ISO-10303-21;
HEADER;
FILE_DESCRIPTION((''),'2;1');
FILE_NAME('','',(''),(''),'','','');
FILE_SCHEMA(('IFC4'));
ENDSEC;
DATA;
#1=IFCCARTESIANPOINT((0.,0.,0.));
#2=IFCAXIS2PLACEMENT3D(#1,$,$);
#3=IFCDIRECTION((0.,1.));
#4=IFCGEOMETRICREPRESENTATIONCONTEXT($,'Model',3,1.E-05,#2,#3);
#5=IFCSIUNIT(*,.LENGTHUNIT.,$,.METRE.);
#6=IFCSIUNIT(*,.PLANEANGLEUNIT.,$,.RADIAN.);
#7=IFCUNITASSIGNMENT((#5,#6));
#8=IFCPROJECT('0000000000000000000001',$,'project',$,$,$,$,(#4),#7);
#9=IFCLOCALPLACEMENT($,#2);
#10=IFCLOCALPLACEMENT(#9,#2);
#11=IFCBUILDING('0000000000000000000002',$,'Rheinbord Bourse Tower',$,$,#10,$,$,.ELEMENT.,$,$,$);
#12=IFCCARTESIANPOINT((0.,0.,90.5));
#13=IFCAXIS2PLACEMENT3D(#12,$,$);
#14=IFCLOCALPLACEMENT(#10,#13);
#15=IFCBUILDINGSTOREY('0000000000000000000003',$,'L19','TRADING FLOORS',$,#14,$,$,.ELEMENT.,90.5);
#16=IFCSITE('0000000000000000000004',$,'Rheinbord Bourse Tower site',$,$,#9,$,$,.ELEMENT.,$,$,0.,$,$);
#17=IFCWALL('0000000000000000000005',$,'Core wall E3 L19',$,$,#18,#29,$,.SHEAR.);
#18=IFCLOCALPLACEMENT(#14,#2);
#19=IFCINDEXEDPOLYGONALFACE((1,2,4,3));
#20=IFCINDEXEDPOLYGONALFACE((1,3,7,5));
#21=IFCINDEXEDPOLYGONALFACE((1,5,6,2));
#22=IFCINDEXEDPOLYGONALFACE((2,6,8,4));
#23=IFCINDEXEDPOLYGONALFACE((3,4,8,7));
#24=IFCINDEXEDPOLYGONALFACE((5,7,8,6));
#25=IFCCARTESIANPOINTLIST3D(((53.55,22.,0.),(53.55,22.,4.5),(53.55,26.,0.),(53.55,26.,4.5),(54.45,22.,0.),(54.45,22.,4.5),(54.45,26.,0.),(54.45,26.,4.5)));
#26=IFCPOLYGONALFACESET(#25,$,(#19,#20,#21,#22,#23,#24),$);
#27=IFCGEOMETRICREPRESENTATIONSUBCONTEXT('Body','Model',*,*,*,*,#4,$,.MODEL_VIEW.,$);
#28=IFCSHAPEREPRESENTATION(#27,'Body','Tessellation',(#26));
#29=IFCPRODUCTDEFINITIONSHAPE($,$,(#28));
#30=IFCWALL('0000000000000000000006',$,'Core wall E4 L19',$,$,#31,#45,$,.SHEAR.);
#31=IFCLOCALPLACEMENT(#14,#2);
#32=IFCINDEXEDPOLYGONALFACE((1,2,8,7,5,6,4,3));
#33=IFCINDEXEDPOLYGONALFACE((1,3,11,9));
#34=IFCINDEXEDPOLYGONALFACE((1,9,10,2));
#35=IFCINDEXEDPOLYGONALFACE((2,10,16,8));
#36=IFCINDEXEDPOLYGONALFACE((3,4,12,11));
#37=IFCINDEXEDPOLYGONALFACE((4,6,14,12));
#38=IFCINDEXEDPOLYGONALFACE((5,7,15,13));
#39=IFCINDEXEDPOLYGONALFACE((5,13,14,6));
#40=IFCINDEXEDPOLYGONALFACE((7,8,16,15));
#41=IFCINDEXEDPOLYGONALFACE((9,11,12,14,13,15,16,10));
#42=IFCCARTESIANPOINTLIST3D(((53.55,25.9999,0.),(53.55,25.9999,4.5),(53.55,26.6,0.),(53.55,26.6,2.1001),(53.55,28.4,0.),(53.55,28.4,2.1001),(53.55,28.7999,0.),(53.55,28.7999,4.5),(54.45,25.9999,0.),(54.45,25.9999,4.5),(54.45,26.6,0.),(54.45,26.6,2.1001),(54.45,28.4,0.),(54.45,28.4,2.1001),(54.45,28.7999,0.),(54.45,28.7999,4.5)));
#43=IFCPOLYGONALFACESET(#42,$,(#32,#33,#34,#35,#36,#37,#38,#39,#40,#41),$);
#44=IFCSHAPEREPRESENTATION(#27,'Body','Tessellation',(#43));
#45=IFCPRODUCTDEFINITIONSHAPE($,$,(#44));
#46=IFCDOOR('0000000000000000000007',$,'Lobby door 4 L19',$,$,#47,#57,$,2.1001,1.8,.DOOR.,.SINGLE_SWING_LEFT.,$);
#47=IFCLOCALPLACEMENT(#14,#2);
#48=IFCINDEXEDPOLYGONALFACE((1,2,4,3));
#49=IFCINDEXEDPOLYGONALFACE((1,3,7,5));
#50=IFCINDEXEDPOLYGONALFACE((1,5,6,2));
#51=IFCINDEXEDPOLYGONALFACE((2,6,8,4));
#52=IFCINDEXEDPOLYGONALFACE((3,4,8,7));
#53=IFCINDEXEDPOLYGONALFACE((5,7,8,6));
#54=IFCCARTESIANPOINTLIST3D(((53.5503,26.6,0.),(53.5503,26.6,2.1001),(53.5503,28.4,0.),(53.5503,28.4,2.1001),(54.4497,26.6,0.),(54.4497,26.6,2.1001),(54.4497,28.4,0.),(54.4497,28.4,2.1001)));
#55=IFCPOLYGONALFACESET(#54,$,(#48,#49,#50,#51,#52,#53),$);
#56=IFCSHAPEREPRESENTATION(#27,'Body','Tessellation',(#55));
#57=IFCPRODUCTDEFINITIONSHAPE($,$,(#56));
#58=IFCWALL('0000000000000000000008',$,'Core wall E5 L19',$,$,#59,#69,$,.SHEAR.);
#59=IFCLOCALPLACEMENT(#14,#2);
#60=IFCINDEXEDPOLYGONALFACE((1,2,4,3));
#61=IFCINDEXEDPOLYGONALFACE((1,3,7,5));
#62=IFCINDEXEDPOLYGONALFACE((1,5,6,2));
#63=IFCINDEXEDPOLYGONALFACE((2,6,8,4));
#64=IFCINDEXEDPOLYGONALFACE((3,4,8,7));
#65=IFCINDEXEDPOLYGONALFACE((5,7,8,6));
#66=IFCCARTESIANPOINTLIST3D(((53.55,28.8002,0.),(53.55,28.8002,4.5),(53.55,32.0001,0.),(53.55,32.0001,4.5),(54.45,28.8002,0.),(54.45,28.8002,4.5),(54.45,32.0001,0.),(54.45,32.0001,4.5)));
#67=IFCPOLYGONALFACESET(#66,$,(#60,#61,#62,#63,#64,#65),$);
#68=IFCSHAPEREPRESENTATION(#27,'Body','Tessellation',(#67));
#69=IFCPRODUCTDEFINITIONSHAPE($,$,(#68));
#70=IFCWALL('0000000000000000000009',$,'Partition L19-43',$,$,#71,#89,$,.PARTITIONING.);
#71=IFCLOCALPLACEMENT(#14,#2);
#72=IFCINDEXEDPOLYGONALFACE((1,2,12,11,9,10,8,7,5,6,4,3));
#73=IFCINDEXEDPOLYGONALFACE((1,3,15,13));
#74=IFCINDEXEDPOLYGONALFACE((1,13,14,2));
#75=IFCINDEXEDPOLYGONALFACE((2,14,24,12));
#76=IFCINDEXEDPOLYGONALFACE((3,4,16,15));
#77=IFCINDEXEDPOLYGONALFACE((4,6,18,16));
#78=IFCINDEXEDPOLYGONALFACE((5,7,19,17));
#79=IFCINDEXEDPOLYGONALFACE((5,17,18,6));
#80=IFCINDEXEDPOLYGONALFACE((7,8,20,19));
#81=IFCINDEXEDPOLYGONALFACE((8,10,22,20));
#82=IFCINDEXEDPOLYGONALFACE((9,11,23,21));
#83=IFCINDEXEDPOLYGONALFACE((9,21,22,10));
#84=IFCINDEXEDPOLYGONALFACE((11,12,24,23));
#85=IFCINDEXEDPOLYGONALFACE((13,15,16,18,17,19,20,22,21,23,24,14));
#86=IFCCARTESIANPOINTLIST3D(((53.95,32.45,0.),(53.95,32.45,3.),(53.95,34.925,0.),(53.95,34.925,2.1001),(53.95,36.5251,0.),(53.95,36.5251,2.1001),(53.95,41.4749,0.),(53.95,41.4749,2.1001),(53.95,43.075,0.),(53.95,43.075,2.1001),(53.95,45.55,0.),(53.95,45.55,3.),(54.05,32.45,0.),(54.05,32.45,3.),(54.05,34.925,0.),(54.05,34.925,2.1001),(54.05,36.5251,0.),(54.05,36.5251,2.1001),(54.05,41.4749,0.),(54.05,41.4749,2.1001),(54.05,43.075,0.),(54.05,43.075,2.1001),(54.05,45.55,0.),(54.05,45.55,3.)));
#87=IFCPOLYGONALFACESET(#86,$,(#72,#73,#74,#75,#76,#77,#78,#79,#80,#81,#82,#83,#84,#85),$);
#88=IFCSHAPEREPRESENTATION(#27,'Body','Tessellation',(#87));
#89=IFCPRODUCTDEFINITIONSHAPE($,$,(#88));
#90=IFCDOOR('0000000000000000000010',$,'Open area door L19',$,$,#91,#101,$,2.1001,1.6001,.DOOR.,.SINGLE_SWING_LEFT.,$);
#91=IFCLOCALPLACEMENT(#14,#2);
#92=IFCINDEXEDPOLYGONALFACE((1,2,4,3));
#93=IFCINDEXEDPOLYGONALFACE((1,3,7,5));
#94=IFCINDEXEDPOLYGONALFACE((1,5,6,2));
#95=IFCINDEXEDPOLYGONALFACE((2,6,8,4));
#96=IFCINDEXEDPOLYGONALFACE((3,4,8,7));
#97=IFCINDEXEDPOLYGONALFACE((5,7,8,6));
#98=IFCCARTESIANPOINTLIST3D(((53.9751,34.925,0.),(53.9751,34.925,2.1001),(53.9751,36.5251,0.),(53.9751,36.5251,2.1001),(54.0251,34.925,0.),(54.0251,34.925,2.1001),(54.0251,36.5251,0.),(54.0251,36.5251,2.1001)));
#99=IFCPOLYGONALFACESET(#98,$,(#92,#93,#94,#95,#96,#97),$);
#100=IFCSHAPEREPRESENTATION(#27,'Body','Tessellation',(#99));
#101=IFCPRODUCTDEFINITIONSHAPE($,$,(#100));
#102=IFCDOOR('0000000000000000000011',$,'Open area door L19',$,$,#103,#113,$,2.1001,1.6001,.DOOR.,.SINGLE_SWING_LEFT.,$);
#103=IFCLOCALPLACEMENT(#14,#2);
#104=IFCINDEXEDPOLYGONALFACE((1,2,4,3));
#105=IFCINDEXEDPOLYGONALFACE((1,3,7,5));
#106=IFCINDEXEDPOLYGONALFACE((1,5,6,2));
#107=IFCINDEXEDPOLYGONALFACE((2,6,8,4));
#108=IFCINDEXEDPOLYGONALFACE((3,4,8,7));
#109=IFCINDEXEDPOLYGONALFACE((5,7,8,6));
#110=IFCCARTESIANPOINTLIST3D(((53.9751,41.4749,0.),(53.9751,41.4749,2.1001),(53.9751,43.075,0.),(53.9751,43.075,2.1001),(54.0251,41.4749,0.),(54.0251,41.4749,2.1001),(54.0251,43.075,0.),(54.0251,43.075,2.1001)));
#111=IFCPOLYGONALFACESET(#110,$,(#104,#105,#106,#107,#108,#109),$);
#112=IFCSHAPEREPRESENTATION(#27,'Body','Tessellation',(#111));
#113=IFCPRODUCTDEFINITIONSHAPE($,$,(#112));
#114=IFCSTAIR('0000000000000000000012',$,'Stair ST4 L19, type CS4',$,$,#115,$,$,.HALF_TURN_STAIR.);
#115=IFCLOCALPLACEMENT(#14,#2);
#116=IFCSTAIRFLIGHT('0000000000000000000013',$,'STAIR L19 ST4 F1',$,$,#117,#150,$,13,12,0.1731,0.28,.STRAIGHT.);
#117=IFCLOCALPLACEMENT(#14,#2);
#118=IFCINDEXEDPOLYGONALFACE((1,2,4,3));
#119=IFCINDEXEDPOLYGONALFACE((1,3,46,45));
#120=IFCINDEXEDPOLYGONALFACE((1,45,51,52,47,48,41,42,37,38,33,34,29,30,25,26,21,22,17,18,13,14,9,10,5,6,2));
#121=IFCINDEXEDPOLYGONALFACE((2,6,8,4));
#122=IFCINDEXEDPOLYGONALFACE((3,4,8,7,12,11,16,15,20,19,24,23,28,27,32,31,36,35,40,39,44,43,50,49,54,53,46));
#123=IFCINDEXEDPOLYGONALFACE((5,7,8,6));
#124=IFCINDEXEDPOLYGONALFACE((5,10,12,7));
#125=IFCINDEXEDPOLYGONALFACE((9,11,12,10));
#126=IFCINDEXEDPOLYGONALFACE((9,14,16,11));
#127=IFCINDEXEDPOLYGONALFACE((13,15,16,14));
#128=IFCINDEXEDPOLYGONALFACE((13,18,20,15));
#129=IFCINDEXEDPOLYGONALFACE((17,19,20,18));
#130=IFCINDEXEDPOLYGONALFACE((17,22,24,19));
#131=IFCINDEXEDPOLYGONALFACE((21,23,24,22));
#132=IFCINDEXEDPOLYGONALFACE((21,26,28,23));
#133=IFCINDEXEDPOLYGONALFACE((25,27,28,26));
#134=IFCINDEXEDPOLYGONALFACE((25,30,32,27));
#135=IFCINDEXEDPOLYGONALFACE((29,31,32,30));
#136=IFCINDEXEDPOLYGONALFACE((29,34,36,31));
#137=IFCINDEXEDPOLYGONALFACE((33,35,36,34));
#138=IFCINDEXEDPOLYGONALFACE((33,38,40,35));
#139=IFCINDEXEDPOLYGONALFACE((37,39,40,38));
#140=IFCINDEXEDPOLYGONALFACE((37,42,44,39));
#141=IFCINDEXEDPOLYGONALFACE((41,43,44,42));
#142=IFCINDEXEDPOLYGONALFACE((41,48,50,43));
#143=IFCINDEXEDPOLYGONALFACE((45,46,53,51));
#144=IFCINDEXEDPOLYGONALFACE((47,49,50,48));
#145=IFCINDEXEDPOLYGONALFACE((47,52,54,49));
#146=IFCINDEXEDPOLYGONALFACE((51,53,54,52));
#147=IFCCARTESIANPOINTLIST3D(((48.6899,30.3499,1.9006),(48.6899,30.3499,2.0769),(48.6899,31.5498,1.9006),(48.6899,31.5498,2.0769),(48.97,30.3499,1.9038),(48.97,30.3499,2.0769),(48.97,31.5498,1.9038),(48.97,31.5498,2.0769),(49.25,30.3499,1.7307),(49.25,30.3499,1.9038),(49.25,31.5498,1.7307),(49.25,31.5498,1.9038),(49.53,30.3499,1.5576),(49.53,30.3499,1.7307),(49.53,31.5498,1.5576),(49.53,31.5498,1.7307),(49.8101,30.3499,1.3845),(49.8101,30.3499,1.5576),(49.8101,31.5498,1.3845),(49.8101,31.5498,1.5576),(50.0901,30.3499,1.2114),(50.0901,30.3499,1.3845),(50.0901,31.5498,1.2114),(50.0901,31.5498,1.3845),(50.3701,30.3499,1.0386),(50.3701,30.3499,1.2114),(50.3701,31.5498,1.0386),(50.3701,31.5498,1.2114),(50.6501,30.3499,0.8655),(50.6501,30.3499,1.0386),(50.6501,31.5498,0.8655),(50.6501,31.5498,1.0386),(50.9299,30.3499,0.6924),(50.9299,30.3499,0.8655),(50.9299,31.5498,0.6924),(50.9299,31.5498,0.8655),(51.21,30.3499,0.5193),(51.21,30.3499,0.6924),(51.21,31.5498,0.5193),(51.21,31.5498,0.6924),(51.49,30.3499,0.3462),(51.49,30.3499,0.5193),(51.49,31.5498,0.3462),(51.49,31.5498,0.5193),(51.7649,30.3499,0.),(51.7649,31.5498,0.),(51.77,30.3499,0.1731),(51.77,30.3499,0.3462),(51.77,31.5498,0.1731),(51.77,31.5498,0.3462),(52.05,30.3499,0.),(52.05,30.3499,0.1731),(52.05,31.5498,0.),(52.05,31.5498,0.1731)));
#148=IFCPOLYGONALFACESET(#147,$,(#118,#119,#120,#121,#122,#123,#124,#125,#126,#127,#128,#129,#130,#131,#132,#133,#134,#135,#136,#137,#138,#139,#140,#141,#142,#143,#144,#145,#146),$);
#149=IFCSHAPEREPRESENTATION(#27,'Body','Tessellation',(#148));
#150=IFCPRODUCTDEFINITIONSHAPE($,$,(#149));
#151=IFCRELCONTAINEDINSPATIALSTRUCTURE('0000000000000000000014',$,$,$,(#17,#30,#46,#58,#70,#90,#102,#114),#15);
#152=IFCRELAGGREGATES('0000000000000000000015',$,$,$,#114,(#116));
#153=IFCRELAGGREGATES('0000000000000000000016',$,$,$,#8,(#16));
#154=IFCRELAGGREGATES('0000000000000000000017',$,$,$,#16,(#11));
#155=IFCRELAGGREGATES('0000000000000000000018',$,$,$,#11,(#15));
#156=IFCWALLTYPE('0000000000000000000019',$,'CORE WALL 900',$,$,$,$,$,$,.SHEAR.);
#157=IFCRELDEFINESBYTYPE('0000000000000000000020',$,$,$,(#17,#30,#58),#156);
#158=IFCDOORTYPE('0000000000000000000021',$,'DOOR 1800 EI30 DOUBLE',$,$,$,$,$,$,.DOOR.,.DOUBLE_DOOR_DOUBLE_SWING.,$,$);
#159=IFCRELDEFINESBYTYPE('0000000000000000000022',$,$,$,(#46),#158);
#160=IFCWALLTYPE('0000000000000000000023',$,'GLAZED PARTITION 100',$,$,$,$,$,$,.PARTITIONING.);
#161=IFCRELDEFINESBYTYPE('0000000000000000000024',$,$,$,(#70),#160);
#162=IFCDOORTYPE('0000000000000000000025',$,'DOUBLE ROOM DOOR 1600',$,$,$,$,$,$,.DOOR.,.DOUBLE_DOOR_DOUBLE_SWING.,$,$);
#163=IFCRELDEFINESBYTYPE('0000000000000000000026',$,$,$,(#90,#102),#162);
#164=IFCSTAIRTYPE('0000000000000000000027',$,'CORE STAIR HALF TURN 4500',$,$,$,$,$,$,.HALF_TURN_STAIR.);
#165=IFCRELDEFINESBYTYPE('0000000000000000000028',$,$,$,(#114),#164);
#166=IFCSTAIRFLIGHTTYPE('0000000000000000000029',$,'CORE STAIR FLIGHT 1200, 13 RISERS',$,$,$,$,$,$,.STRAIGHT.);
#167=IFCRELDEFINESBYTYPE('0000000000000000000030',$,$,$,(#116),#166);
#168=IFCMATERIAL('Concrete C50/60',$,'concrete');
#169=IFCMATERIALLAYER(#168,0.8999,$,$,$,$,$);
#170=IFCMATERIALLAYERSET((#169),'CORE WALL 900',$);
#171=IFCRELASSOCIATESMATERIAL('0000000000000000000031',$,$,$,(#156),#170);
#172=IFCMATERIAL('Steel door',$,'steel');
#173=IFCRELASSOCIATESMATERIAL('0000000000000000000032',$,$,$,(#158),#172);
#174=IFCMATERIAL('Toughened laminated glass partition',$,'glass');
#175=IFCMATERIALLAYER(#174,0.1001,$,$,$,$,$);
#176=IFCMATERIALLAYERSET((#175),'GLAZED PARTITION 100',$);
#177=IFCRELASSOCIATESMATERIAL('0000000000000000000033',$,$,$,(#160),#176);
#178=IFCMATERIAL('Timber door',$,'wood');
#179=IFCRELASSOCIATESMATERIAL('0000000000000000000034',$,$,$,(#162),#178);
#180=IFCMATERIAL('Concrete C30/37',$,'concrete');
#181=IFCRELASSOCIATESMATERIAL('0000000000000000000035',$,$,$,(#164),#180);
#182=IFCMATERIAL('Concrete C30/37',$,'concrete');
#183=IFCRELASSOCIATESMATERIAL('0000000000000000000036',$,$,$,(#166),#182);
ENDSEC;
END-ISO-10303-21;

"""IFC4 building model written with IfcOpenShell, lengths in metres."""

from ifc_helpers import new_model, si_unit, direction, frame, frame_2d, origin, place, context, subcontext, project, spatial, polyline, rectangle, outline, extrude, material, layer, layer_set, type_object, element, fill, aggregate, save


model = new_model("IFC4")

# Units and contexts
model_context = context("Model", 3, precision=1e-05, world=origin(), true_north=direction((0.0, 1.0)))
body_context = subcontext(model_context, "Body", "Model", "MODEL_VIEW")
ifc_project = project(units=[si_unit("LENGTHUNIT", "METRE"), si_unit("PLANEANGLEUNIT", "RADIAN")], contexts=[model_context])

# Site, building, storey
site_placement = place(None, origin())
site = spatial("IfcSite", under=ifc_project, at=site_placement, Name="Rheinbord Bourse Tower site", CompositionType="ELEMENT", RefElevation=0.0)
building_placement = place(site_placement, origin())
building = spatial("IfcBuilding", under=site, at=building_placement, Name="Rheinbord Bourse Tower", CompositionType="ELEMENT")
storey_placement = place(building_placement, frame((0.0, 0.0, 90.5)))
storey = spatial("IfcBuildingStorey", under=building, at=storey_placement, Name="L19", Description="TRADING FLOORS", CompositionType="ELEMENT", Elevation=90.5)

# Wall
ifc_material_1 = material(Name="Concrete C50/60", Category="concrete")
ifc_layer_1 = layer(ifc_material_1, 0.8999)
ifc_layer_set_1 = layer_set([ifc_layer_1], Name="CORE WALL 900")
wall_type_1 = type_object("IfcWallType", Name="CORE WALL 900", PredefinedType="SHEAR", material=ifc_layer_set_1)
wall_1_placement = place(storey_placement, frame((54.0, 22.0, 0.0), z_axis=(0.0, 0.0, 1.0), x_axis=(0.0, 1.0, 0.0)))
element("IfcWall", 1, at=wall_1_placement, inside=storey, type_object=wall_type_1, Name="Core wall E3 L19", PredefinedType="SHEAR", context=body_context, shape_type="SweptSolid", body=[
    extrude(rectangle(XDim=4.0, YDim=0.8999, at=frame_2d((2.0, 0.0))), origin(), (0.0, 0.0, 1.0), 4.5),
])

# Wall, opening, door
wall_2_placement = place(storey_placement, frame((54.0, 26.0, 0.0), z_axis=(0.0, 0.0, 1.0), x_axis=(0.0, 1.0, 0.0)))
wall_2 = element("IfcWall", 2, at=wall_2_placement, inside=storey, type_object=wall_type_1, Name="Core wall E4 L19", PredefinedType="SHEAR", context=body_context, shape_type="SweptSolid", body=[
    extrude(rectangle(XDim=2.8, YDim=0.8999, at=frame_2d((1.3999, 0.0))), origin(), (0.0, 0.0, 1.0), 4.5),
])
opening_1_placement = place(wall_2_placement, frame((0.6001, 0.0, 0.0)))
opening_1 = element("IfcOpeningElement", 3, at=opening_1_placement, cuts=wall_2, PredefinedType="OPENING", context=body_context, shape_type="SweptSolid", body=[
    extrude(rectangle(XDim=1.8, YDim=2.1001, at=frame_2d((0.8999, 1.05))), frame((0.0, 0.46, 0.0), z_axis=(0.0, -1.0, 0.0), x_axis=(1.0, 0.0, 0.0)), (0.0, 0.0, 1.0), 0.9199),
])
ifc_material_2 = material(Name="Steel door", Category="steel")
door_type_1 = type_object("IfcDoorType", Name="DOOR 1800 EI30 DOUBLE", OperationType="DOUBLE_DOOR_DOUBLE_SWING", PredefinedType="DOOR", material=ifc_material_2)
door_1_placement = place(opening_1_placement, origin())
door_1 = element("IfcDoor", 4, at=door_1_placement, inside=storey, type_object=door_type_1, Name="Lobby door 4 L19", OperationType="SINGLE_SWING_LEFT", OverallHeight=2.1001, OverallWidth=1.8, PredefinedType="DOOR", context=body_context, shape_type="SweptSolid", body=[
    extrude(rectangle(XDim=1.8, YDim=2.1001, at=frame_2d((0.8999, 1.05))), frame((0.0, 0.4497, 0.0), z_axis=(0.0, -1.0, 0.0), x_axis=(1.0, 0.0, 0.0)), (0.0, 0.0, 1.0), 0.8994),
])
fill(opening_1, door_1)

# Wall
wall_3_placement = place(storey_placement, frame((54.0, 28.8, 0.0), z_axis=(0.0, 0.0, 1.0), x_axis=(0.0, 1.0, 0.0)))
element("IfcWall", 5, at=wall_3_placement, inside=storey, type_object=wall_type_1, Name="Core wall E5 L19", PredefinedType="SHEAR", context=body_context, shape_type="SweptSolid", body=[
    extrude(rectangle(XDim=3.2, YDim=0.8999, at=frame_2d((1.6001, 0.0))), origin(), (0.0, 0.0, 1.0), 4.5),
])

# Wall, openings, doors
ifc_material_3 = material(Name="Toughened laminated glass partition", Category="glass")
ifc_layer_2 = layer(ifc_material_3, 0.1001)
ifc_layer_set_2 = layer_set([ifc_layer_2], Name="GLAZED PARTITION 100")
wall_type_2 = type_object("IfcWallType", Name="GLAZED PARTITION 100", PredefinedType="PARTITIONING", material=ifc_layer_set_2)
wall_4_placement = place(storey_placement, frame((54.0, 32.45, 0.0), z_axis=(0.0, 0.0, 1.0), x_axis=(0.0, 1.0, 0.0)))
wall_4 = element("IfcWall", 6, at=wall_4_placement, inside=storey, type_object=wall_type_2, Name="Partition L19-43", PredefinedType="PARTITIONING", context=body_context, shape_type="SweptSolid", body=[
    extrude(rectangle(XDim=13.1001, YDim=0.1001, at=frame_2d((6.55, 0.0))), origin(), (0.0, 0.0, 1.0), 3.0),
])
opening_2_placement = place(wall_4_placement, frame((2.4751, 0.0, 0.0)))
opening_2 = element("IfcOpeningElement", 7, at=opening_2_placement, cuts=wall_4, PredefinedType="OPENING", context=body_context, shape_type="SweptSolid", body=[
    extrude(rectangle(XDim=1.6001, YDim=2.1001, at=frame_2d((0.8, 1.05))), frame((0.0, 0.0601, 0.0), z_axis=(0.0, -1.0, 0.0), x_axis=(1.0, 0.0, 0.0)), (0.0, 0.0, 1.0), 0.1201),
])
opening_3_placement = place(wall_4_placement, frame((9.0249, 0.0, 0.0)))
opening_3 = element("IfcOpeningElement", 8, at=opening_3_placement, cuts=wall_4, PredefinedType="OPENING", context=body_context, shape_type="SweptSolid", body=[
    extrude(rectangle(XDim=1.6001, YDim=2.1001, at=frame_2d((0.8, 1.05))), frame((0.0, 0.0601, 0.0), z_axis=(0.0, -1.0, 0.0), x_axis=(1.0, 0.0, 0.0)), (0.0, 0.0, 1.0), 0.1201),
])
ifc_material_4 = material(Name="Timber door", Category="wood")
door_type_2 = type_object("IfcDoorType", Name="DOUBLE ROOM DOOR 1600", OperationType="DOUBLE_DOOR_DOUBLE_SWING", PredefinedType="DOOR", material=ifc_material_4)
door_2_placement = place(opening_2_placement, origin())
door_2 = element("IfcDoor", 9, at=door_2_placement, inside=storey, type_object=door_type_2, Name="Open area door L19", OperationType="SINGLE_SWING_LEFT", OverallHeight=2.1001, OverallWidth=1.6001, PredefinedType="DOOR", context=body_context, shape_type="SweptSolid", body=[
    extrude(rectangle(XDim=1.6001, YDim=2.1001, at=frame_2d((0.8, 1.05))), frame((0.0, 0.0249, 0.0), z_axis=(0.0, -1.0, 0.0), x_axis=(1.0, 0.0, 0.0)), (0.0, 0.0, 1.0), 0.05),
])
fill(opening_2, door_2)
door_3_placement = place(opening_3_placement, origin())
door_3 = element("IfcDoor", 10, at=door_3_placement, inside=storey, type_object=door_type_2, Name="Open area door L19", OperationType="SINGLE_SWING_LEFT", OverallHeight=2.1001, OverallWidth=1.6001, PredefinedType="DOOR", context=body_context, shape_type="SweptSolid", body=[
    extrude(rectangle(XDim=1.6001, YDim=2.1001, at=frame_2d((0.8, 1.05))), frame((0.0, 0.0249, 0.0), z_axis=(0.0, -1.0, 0.0), x_axis=(1.0, 0.0, 0.0)), (0.0, 0.0, 1.0), 0.05),
])
fill(opening_3, door_3)

# Stair, stair flight
ifc_material_5 = material(Name="Concrete C30/37", Category="concrete")
stair_type = type_object("IfcStairType", Name="CORE STAIR HALF TURN 4500", PredefinedType="HALF_TURN_STAIR", material=ifc_material_5)
stair_placement = place(storey_placement, origin())
stair = element("IfcStair", 11, at=stair_placement, inside=storey, type_object=stair_type, Name="Stair ST4 L19, type CS4", PredefinedType="HALF_TURN_STAIR")
ifc_material_6 = material(Name="Concrete C30/37", Category="concrete")
stair_flight_type = type_object("IfcStairFlightType", Name="CORE STAIR FLIGHT 1200, 13 RISERS", PredefinedType="STRAIGHT", material=ifc_material_6)
stair_flight_1_placement = place(storey_placement, frame((52.05, 30.95, 0.0), z_axis=(0.0, 0.0, 1.0), x_axis=(-1.0, 0.0, 0.0)))
stair_flight_1 = element("IfcStairFlight", 12, at=stair_flight_1_placement, type_object=stair_flight_type, Name="STAIR L19 ST4 F1", NumberOfRisers=13, NumberOfTreads=12, PredefinedType="STRAIGHT", RiserHeight=0.1731, TreadLength=0.28, context=body_context, shape_type="SweptSolid", body=[
    extrude(outline(polyline([(0.0, 0.0), (0.0, 0.1731), (0.28, 0.1731), (0.28, 0.3462), (0.5601, 0.3462), (0.5601, 0.5193), (0.8401, 0.5193), (0.8401, 0.6924), (1.1201, 0.6924), (1.1201, 0.8655), (1.3999, 0.8655), (1.3999, 1.0386), (1.6799, 1.0386), (1.6799, 1.2114), (1.96, 1.2114), (1.96, 1.3845), (2.24, 1.3845), (2.24, 1.5576), (2.52, 1.5576), (2.52, 1.7307), (2.8, 1.7307), (2.8, 1.9038), (3.0801, 1.9038), (3.0801, 2.0769), (3.3601, 2.0769), (3.3601, 2.25), (3.3601, 1.9006), (0.2852, 0.0), (0.0, 0.0)])), frame((0.0, 0.6001, 0.0), z_axis=(0.0, -1.0, 0.0), x_axis=(1.0, 0.0, 0.0)), (0.0, 0.0, 1.0), 1.2),
])
aggregate(stair, [stair_flight_1])

save(model, "model.ifc")
